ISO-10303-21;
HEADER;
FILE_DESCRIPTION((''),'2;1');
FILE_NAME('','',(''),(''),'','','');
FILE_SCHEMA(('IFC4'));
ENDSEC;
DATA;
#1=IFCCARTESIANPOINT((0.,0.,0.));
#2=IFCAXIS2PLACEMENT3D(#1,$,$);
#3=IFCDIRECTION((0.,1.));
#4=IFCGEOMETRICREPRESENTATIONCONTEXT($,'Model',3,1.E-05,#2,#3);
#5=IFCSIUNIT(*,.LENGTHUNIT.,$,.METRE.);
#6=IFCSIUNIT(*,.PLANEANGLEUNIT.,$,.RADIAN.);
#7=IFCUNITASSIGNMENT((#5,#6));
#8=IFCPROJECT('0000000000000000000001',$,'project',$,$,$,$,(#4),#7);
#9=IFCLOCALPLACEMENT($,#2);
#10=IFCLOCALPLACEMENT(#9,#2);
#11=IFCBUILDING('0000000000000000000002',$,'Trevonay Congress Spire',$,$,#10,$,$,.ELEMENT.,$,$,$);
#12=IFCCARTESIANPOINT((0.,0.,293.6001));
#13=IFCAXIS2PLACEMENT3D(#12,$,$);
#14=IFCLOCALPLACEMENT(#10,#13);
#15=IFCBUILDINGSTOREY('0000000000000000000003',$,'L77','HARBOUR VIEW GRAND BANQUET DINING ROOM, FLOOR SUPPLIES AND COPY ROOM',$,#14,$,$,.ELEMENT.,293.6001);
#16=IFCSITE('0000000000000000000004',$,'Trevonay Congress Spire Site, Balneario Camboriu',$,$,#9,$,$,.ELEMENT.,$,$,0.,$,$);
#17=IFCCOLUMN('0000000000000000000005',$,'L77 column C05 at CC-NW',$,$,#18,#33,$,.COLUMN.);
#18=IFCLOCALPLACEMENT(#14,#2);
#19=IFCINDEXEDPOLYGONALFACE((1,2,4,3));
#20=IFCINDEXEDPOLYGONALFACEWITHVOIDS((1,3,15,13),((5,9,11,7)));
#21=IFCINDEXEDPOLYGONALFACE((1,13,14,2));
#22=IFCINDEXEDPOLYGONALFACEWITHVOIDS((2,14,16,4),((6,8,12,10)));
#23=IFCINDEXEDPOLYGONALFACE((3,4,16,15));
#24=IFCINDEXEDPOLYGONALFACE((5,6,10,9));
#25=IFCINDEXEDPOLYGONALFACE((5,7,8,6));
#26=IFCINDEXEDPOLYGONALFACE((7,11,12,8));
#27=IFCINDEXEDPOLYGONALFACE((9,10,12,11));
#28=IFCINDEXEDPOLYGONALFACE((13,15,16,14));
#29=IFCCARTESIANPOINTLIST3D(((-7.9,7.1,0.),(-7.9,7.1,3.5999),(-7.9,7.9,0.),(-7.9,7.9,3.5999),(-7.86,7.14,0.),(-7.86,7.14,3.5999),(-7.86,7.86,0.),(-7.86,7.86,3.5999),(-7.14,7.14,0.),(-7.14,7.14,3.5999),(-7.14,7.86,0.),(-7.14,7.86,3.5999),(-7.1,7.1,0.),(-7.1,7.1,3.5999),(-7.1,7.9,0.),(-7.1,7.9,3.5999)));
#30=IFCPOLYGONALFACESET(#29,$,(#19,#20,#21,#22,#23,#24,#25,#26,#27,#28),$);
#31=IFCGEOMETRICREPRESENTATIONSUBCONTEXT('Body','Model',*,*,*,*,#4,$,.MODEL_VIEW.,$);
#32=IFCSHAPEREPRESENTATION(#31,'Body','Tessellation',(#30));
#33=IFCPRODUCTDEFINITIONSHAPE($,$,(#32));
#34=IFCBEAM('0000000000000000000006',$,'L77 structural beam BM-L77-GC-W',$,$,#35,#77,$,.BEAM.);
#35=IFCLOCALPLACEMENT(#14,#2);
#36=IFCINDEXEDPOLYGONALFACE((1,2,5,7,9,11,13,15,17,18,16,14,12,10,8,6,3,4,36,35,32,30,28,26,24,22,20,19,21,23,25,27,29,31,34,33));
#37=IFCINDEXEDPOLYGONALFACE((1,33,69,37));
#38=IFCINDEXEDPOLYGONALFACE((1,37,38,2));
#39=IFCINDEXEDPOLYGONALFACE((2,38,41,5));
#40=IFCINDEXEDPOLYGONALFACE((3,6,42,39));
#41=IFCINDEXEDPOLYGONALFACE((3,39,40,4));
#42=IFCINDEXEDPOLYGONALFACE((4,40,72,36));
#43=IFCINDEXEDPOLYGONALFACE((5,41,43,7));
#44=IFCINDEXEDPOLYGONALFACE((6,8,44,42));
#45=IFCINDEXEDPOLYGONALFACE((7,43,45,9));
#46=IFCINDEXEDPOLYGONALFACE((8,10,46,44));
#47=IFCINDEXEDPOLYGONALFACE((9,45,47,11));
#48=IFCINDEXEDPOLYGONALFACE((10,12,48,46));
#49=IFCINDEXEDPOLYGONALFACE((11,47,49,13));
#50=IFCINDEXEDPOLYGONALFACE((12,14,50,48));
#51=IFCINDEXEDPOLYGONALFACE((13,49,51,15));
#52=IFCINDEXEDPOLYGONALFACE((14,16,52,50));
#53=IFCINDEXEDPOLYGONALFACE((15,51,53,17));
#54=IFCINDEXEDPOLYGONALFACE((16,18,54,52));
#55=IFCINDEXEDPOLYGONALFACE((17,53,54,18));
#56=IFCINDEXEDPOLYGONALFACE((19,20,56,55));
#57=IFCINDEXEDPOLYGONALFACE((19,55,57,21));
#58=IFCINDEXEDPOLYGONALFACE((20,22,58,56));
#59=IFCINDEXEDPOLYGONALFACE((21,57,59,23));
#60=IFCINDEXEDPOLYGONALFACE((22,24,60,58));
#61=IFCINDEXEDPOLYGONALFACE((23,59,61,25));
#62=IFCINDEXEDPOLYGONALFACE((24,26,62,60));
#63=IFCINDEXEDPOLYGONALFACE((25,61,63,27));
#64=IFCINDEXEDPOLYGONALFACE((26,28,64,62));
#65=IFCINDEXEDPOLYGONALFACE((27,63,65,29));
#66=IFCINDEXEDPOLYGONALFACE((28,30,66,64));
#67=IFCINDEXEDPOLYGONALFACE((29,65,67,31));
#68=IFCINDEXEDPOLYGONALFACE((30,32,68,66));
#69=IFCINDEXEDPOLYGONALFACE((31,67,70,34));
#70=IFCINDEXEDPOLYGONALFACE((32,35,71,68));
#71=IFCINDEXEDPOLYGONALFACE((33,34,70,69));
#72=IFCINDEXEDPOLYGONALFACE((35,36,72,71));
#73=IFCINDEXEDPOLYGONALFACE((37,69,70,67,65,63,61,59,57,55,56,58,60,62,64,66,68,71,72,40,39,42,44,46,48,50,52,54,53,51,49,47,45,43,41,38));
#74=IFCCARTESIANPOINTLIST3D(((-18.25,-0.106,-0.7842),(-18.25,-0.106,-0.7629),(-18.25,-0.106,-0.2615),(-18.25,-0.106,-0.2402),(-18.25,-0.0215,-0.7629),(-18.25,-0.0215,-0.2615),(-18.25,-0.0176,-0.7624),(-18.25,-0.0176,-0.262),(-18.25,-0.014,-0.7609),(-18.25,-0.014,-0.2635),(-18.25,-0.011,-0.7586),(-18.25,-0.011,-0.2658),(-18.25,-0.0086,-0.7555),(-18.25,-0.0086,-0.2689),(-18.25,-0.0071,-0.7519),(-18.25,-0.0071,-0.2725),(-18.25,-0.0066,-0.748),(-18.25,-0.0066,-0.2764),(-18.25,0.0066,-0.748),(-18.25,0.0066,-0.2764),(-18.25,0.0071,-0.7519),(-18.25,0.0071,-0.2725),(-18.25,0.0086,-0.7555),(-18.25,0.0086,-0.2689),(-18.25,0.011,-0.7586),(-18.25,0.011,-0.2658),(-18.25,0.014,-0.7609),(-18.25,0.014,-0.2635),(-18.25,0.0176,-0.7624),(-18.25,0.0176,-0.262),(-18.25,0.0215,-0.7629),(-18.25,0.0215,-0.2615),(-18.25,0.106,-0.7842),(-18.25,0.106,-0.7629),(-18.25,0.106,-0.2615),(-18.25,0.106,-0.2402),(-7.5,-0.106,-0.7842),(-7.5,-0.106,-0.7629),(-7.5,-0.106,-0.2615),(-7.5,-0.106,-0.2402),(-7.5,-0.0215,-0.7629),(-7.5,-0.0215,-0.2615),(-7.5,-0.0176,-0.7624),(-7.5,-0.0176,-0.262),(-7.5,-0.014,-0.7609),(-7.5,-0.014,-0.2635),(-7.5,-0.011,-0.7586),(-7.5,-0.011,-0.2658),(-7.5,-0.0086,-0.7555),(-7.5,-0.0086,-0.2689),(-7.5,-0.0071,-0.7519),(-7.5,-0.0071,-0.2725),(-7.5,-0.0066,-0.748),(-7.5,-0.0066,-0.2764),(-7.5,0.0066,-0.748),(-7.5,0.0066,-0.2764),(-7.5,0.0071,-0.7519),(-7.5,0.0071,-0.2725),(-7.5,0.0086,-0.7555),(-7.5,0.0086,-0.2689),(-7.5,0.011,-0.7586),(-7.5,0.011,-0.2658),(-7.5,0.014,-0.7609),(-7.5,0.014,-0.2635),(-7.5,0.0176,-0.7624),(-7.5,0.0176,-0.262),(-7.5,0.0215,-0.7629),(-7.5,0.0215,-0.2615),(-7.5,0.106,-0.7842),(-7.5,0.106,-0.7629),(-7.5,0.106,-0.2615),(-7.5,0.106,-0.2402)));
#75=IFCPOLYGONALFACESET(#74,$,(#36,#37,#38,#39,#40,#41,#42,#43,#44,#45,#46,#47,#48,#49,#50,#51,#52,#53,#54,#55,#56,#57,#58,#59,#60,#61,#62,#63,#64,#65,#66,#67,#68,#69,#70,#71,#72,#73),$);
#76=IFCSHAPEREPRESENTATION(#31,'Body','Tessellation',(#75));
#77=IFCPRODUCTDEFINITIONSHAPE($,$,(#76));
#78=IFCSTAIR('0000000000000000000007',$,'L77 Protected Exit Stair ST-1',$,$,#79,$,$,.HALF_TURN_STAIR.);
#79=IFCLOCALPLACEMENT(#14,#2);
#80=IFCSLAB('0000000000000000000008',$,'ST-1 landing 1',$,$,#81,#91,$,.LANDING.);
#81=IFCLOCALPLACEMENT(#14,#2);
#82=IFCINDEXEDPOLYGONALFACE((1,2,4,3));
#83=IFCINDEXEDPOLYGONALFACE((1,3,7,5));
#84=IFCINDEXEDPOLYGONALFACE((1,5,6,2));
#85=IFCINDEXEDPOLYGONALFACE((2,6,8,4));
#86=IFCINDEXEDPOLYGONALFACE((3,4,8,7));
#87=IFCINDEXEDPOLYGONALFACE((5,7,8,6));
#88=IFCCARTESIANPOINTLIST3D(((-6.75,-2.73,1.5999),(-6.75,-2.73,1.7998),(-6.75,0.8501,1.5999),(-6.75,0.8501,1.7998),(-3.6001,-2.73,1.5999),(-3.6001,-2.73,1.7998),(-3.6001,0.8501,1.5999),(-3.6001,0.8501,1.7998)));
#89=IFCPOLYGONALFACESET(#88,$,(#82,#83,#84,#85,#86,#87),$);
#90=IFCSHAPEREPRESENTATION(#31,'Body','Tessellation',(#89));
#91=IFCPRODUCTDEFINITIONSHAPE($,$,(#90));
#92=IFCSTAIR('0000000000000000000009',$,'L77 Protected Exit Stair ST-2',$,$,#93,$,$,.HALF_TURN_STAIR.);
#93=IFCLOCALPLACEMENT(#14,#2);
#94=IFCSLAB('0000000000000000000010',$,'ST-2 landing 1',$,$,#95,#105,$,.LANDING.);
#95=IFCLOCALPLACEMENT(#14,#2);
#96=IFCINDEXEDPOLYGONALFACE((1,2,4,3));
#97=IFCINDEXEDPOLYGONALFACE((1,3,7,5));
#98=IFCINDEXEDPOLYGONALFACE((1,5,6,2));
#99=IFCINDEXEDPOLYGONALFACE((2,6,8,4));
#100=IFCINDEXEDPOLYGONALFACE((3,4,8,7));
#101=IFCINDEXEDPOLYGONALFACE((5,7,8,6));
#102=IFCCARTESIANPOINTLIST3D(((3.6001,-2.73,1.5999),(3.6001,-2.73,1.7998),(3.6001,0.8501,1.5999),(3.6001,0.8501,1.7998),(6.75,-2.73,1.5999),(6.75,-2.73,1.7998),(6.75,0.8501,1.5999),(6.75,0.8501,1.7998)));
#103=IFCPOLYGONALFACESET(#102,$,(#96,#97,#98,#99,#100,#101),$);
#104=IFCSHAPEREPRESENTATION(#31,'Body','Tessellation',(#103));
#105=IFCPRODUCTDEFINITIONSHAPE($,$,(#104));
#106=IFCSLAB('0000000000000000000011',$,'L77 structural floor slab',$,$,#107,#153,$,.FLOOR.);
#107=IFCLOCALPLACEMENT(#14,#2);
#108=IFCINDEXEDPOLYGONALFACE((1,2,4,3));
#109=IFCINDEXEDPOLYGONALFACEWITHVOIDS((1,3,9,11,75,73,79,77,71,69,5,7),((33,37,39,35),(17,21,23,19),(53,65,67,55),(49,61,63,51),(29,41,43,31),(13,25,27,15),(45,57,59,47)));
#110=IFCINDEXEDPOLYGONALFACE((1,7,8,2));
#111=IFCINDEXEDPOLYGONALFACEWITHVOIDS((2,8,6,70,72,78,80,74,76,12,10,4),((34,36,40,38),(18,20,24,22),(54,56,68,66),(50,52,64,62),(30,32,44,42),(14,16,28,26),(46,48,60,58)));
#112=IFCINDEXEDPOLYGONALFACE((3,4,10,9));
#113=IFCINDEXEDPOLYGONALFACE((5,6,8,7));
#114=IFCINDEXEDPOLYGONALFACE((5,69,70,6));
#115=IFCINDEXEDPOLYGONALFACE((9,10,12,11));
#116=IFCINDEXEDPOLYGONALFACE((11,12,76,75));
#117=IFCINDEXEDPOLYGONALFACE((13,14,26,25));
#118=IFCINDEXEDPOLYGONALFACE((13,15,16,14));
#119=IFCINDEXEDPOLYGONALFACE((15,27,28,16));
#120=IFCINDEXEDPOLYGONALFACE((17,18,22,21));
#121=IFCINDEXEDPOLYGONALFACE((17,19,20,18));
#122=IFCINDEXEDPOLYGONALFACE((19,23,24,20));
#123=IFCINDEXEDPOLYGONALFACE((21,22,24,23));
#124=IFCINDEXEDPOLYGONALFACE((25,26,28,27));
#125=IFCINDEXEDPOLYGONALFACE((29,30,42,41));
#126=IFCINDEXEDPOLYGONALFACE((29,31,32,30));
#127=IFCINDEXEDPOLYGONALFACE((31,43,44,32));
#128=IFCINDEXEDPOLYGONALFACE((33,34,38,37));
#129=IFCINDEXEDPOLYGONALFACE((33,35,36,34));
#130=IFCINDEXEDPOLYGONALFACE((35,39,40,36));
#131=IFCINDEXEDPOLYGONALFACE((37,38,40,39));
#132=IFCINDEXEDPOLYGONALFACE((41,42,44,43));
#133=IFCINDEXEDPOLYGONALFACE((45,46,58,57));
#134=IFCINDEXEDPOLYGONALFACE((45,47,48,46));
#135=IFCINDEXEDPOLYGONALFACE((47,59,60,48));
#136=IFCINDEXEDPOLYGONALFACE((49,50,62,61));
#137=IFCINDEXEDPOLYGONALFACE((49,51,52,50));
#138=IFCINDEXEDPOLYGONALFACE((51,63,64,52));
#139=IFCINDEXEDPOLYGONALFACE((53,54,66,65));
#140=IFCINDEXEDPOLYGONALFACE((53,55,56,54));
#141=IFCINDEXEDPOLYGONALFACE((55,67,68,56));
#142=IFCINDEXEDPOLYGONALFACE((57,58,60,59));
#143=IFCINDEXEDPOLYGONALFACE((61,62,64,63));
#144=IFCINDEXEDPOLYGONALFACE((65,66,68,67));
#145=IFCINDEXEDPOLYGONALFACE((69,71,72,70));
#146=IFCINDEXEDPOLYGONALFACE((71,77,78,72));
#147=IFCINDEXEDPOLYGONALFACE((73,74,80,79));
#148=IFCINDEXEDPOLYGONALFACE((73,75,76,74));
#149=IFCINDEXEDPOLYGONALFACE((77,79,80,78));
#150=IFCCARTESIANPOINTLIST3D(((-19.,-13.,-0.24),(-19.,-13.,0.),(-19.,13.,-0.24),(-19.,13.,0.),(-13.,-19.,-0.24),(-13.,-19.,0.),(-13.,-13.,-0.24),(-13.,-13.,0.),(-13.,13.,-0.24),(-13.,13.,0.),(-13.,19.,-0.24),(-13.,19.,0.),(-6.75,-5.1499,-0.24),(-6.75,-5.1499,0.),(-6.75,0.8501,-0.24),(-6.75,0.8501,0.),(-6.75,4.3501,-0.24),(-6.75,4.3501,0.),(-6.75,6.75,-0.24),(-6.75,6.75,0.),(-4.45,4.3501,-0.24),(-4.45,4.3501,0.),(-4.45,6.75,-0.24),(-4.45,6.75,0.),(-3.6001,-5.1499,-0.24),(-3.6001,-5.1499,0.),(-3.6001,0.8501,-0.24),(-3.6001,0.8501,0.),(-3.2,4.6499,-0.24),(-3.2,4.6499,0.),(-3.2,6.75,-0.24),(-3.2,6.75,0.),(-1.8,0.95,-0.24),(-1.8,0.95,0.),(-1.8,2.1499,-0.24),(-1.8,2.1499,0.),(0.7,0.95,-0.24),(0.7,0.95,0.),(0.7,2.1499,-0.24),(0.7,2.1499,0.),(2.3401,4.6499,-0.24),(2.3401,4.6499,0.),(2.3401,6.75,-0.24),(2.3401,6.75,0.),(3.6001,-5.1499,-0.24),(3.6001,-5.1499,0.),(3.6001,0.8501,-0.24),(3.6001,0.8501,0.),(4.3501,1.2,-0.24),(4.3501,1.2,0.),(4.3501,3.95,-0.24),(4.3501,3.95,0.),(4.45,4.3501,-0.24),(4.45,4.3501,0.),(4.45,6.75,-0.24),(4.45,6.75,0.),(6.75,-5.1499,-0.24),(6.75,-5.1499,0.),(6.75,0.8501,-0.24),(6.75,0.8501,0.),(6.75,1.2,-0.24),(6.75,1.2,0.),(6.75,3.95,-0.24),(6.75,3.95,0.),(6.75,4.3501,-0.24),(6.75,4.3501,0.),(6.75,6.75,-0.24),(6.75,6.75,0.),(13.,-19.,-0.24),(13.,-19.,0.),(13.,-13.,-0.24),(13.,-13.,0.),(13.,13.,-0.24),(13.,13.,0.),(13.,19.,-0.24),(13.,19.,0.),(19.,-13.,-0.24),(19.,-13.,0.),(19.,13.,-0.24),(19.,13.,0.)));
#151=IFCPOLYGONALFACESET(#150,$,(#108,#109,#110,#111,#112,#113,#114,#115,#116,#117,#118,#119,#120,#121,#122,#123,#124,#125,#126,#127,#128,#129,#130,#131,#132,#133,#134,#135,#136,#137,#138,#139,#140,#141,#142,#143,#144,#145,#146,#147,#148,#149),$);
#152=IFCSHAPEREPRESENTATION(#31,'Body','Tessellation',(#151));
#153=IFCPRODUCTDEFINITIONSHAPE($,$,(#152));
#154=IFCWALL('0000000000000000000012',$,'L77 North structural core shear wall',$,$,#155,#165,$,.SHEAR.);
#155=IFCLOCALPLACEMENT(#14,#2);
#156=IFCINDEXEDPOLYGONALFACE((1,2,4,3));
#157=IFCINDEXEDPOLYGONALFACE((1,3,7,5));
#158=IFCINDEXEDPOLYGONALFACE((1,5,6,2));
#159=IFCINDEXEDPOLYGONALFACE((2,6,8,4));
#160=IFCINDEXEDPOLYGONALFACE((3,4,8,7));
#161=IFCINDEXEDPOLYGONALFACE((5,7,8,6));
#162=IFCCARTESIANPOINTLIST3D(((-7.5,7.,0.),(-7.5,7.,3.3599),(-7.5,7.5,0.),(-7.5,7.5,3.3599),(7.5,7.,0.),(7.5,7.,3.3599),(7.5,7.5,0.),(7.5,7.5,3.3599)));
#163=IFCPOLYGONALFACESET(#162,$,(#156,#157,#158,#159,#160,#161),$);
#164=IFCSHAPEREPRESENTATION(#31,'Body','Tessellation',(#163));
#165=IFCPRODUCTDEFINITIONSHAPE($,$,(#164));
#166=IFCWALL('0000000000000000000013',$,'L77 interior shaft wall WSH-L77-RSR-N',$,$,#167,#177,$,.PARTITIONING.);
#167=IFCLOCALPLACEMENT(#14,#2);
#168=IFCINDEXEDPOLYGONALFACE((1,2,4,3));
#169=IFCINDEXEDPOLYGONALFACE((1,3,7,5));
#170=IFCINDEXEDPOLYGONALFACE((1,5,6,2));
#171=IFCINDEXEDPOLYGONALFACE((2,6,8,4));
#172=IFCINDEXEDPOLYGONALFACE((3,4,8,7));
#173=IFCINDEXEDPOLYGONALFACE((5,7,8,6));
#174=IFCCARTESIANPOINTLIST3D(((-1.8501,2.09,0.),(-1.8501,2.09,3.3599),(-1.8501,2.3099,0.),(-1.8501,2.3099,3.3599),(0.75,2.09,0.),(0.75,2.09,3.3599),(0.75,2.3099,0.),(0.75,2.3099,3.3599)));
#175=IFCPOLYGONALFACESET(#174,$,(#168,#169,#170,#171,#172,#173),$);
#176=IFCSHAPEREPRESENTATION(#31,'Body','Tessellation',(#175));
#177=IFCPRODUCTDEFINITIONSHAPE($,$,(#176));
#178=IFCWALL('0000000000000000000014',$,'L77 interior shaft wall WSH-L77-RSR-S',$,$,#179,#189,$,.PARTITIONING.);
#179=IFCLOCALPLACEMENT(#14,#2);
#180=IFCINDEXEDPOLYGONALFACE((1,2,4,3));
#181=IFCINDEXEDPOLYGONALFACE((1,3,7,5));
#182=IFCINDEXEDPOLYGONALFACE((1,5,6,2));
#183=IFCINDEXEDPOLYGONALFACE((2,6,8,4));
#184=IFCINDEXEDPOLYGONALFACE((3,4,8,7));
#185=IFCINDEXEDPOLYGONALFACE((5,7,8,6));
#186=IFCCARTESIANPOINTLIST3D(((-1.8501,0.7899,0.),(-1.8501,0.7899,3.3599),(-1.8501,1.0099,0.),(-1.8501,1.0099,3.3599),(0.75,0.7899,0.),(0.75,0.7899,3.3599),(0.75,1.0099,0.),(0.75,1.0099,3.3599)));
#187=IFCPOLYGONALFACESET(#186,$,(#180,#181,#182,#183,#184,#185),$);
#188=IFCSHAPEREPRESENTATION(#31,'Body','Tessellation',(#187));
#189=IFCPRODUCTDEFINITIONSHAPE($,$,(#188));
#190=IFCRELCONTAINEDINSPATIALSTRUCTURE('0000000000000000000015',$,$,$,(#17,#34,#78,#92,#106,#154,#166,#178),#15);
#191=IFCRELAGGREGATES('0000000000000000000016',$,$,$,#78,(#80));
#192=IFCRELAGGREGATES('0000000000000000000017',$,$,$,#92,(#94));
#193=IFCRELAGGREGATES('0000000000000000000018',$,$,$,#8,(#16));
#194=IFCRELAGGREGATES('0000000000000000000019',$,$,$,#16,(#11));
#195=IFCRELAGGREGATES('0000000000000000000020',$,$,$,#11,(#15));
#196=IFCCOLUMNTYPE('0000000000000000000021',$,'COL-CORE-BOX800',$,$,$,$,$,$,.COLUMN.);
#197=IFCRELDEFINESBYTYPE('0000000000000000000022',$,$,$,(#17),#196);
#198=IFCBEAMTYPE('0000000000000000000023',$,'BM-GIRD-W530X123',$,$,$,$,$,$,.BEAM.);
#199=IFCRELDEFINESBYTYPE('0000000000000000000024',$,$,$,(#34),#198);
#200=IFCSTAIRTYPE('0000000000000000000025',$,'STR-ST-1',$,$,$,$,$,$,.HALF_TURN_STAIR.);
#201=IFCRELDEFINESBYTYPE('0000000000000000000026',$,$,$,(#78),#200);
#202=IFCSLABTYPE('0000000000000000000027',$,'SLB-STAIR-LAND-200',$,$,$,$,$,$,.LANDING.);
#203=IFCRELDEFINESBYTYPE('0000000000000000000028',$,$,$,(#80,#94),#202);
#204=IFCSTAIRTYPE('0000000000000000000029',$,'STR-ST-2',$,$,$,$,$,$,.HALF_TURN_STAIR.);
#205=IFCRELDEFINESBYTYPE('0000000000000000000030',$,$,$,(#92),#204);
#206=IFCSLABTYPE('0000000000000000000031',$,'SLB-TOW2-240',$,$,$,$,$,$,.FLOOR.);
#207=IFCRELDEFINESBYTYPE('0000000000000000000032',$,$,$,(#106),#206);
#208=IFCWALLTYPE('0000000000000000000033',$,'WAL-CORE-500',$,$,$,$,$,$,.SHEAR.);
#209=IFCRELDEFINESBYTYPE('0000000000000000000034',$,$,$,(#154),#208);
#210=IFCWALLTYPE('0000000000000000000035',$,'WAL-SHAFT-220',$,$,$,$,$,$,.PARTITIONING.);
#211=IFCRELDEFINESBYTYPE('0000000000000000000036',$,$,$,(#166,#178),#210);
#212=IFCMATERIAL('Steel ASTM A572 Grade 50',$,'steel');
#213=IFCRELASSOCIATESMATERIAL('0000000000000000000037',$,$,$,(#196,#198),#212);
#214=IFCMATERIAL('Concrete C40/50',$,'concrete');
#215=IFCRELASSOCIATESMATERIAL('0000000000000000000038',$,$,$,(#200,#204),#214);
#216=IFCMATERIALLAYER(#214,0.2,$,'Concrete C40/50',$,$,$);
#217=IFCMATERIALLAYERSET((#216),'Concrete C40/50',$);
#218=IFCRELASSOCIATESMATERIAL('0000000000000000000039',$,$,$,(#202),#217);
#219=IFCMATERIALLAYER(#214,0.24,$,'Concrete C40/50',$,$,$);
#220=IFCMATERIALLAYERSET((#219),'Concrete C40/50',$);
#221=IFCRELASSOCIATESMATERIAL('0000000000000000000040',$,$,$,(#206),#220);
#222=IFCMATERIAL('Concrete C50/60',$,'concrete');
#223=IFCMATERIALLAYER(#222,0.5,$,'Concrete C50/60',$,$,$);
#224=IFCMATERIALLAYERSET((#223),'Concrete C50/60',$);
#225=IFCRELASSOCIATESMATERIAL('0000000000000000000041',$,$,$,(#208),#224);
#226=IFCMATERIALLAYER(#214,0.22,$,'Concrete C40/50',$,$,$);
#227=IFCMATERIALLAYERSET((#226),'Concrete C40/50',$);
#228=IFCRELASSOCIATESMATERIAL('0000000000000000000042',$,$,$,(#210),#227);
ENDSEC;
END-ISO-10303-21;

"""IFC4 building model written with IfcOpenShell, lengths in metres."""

from ifc_helpers import new_model, si_unit, direction, frame, frame_2d, origin, origin_2d, place, context, subcontext, project, spatial, polyline, rectangle, hollow_rectangle, i_section, outline, extrude, material, layer, layer_set, material_profile, profile_set, type_object, element, aggregate, save


model = new_model("IFC4")

# Units and contexts
model_context = context("Model", 3, precision=1e-05, world=origin(), true_north=direction((0.0, 1.0)))
body_context = subcontext(model_context, "Body", "Model", "MODEL_VIEW")
ifc_project = project(units=[si_unit("LENGTHUNIT", "METRE"), si_unit("PLANEANGLEUNIT", "RADIAN")], contexts=[model_context])

# Site, building, storey
site_placement = place(None, origin())
site = spatial("IfcSite", under=ifc_project, at=site_placement, Name="Trevonay Congress Spire Site, Balneario Camboriu", CompositionType="ELEMENT", RefElevation=0.0)
building_placement = place(site_placement, origin())
building = spatial("IfcBuilding", under=site, at=building_placement, Name="Trevonay Congress Spire", CompositionType="ELEMENT")
storey_placement = place(building_placement, frame((0.0, 0.0, 293.6001)))
storey = spatial("IfcBuildingStorey", under=building, at=storey_placement, Name="L77", Description="HARBOUR VIEW GRAND BANQUET DINING ROOM, FLOOR SUPPLIES AND COPY ROOM", CompositionType="ELEMENT", Elevation=293.6001)

# Column
ifc_material_1 = material(Name="Steel ASTM A572 Grade 50", Category="steel")
ifc_material_profile_1 = material_profile(ifc_material_1, hollow_rectangle(XDim=0.8, YDim=0.8, WallThickness=0.04, at=origin_2d()), Name="BOX 800x800x40")
ifc_profile_set_1 = profile_set([ifc_material_profile_1], Name="Steel ASTM A572 Grade 50")
column_type = type_object("IfcColumnType", Name="COL-CORE-BOX800", PredefinedType="COLUMN", material=ifc_profile_set_1)
column_placement = place(storey_placement, frame((-7.5, 7.5, 0.0), z_axis=(0.0, 0.0, 1.0), x_axis=(1.0, 0.0, 0.0)))
element("IfcColumn", 1, at=column_placement, inside=storey, type_object=column_type, Name="L77 column C05 at CC-NW", PredefinedType="COLUMN", context=body_context, shape_type="SweptSolid", body=[
    extrude(hollow_rectangle(XDim=0.8, YDim=0.8, WallThickness=0.04, at=origin_2d()), origin(), (0.0, 0.0, 1.0), 3.5999),
])

# Beam
ifc_material_profile_2 = material_profile(ifc_material_1, i_section(OverallWidth=0.2119, OverallDepth=0.5439, WebThickness=0.0132, FlangeThickness=0.0212, FilletRadius=0.0149, at=origin_2d()), Name="W530x123")
ifc_profile_set_2 = profile_set([ifc_material_profile_2], Name="Steel ASTM A572 Grade 50")
beam_type = type_object("IfcBeamType", Name="BM-GIRD-W530X123", PredefinedType="BEAM", material=ifc_profile_set_2)
beam_placement = place(storey_placement, frame((-7.5, 0.0, -0.5122), z_axis=(-1.0, 0.0, 0.0), x_axis=(0.0, -1.0, 0.0)))
element("IfcBeam", 2, at=beam_placement, inside=storey, type_object=beam_type, Name="L77 structural beam BM-L77-GC-W", PredefinedType="BEAM", context=body_context, shape_type="SweptSolid", body=[
    extrude(i_section(OverallWidth=0.2119, OverallDepth=0.5439, WebThickness=0.0132, FlangeThickness=0.0212, FilletRadius=0.0149, at=origin_2d()), origin(), (0.0, 0.0, 1.0), 10.75),
])

# Stairs, slabs
ifc_material_2 = material(Name="Concrete C40/50", Category="concrete")
stair_type_1 = type_object("IfcStairType", Name="STR-ST-1", PredefinedType="HALF_TURN_STAIR", material=ifc_material_2)
stair_1_placement = place(storey_placement, origin())
stair_1 = element("IfcStair", 3, at=stair_1_placement, inside=storey, type_object=stair_type_1, Name="L77 Protected Exit Stair ST-1", PredefinedType="HALF_TURN_STAIR")
ifc_layer_1 = layer(ifc_material_2, 0.2, Name="Concrete C40/50")
ifc_layer_set_1 = layer_set([ifc_layer_1], Name="Concrete C40/50")
slab_type_1 = type_object("IfcSlabType", Name="SLB-STAIR-LAND-200", PredefinedType="LANDING", material=ifc_layer_set_1)
slab_1_placement = place(storey_placement, frame((0.0, 0.0, 1.5999)))
slab_1 = element("IfcSlab", 4, at=slab_1_placement, type_object=slab_type_1, Name="ST-1 landing 1", PredefinedType="LANDING", context=body_context, shape_type="SweptSolid", body=[
    extrude(outline(polyline([(-3.6001, -2.73), (-3.6001, 0.8501), (-6.75, 0.8501), (-6.75, -2.73), (-3.6001, -2.73)])), origin(), (0.0, 0.0, 1.0), 0.2),
])
aggregate(stair_1, [slab_1])
stair_type_2 = type_object("IfcStairType", Name="STR-ST-2", PredefinedType="HALF_TURN_STAIR", material=ifc_material_2)
stair_2_placement = place(storey_placement, origin())
stair_2 = element("IfcStair", 5, at=stair_2_placement, inside=storey, type_object=stair_type_2, Name="L77 Protected Exit Stair ST-2", PredefinedType="HALF_TURN_STAIR")
slab_2_placement = place(storey_placement, frame((0.0, 0.0, 1.5999)))
slab_2 = element("IfcSlab", 6, at=slab_2_placement, type_object=slab_type_1, Name="ST-2 landing 1", PredefinedType="LANDING", context=body_context, shape_type="SweptSolid", body=[
    extrude(outline(polyline([(6.75, -2.73), (6.75, 0.8501), (3.6001, 0.8501), (3.6001, -2.73), (6.75, -2.73)])), origin(), (0.0, 0.0, 1.0), 0.2),
])
aggregate(stair_2, [slab_2])

# Slab
ifc_layer_2 = layer(ifc_material_2, 0.24, Name="Concrete C40/50")
ifc_layer_set_2 = layer_set([ifc_layer_2], Name="Concrete C40/50")
slab_type_2 = type_object("IfcSlabType", Name="SLB-TOW2-240", PredefinedType="FLOOR", material=ifc_layer_set_2)
slab_3_placement = place(storey_placement, frame((0.0, 0.0, -0.24)))
element("IfcSlab", 7, at=slab_3_placement, inside=storey, type_object=slab_type_2, Name="L77 structural floor slab", PredefinedType="FLOOR", context=body_context, shape_type="SweptSolid", body=[
    extrude(outline(polyline([(-13.0, -19.0), (13.0, -19.0), (13.0, -13.0), (19.0, -13.0), (19.0, 13.0), (13.0, 13.0), (13.0, 19.0), (-13.0, 19.0), (-13.0, 13.0), (-19.0, 13.0), (-19.0, -13.0), (-13.0, -13.0), (-13.0, -19.0)]), holes=[polyline([(-3.6001, -5.1499), (-3.6001, 0.8501), (-6.75, 0.8501), (-6.75, -5.1499), (-3.6001, -5.1499)]), polyline([(6.75, -5.1499), (6.75, 0.8501), (3.6001, 0.8501), (3.6001, -5.1499), (6.75, -5.1499)]), polyline([(-3.2, 4.6499), (2.3401, 4.6499), (2.3401, 6.75), (-3.2, 6.75), (-3.2, 4.6499)]), polyline([(-6.75, 4.3501), (-4.45, 4.3501), (-4.45, 6.75), (-6.75, 6.75), (-6.75, 4.3501)]), polyline([(4.45, 4.3501), (6.75, 4.3501), (6.75, 6.75), (4.45, 6.75), (4.45, 4.3501)]), polyline([(4.3501, 1.2), (6.75, 1.2), (6.75, 3.95), (4.3501, 3.95), (4.3501, 1.2)]), polyline([(-1.8, 0.95), (0.7, 0.95), (0.7, 2.1499), (-1.8, 2.1499), (-1.8, 0.95)])]), origin(), (0.0, 0.0, 1.0), 0.24),
])

# Walls
ifc_material_3 = material(Name="Concrete C50/60", Category="concrete")
ifc_layer_3 = layer(ifc_material_3, 0.5, Name="Concrete C50/60")
ifc_layer_set_3 = layer_set([ifc_layer_3], Name="Concrete C50/60")
wall_type_1 = type_object("IfcWallType", Name="WAL-CORE-500", PredefinedType="SHEAR", material=ifc_layer_set_3)
wall_1_placement = place(storey_placement, frame((-7.5, 7.25, 0.0), z_axis=(0.0, 0.0, 1.0), x_axis=(1.0, 0.0, 0.0)))
element("IfcWall", 8, at=wall_1_placement, inside=storey, type_object=wall_type_1, Name="L77 North structural core shear wall", PredefinedType="SHEAR", context=body_context, shape_type="SweptSolid", body=[
    extrude(rectangle(XDim=15.0, YDim=0.5, at=frame_2d((7.5, 0.0))), origin(), (0.0, 0.0, 1.0), 3.3599),
])
ifc_layer_4 = layer(ifc_material_2, 0.22, Name="Concrete C40/50")
ifc_layer_set_4 = layer_set([ifc_layer_4], Name="Concrete C40/50")
wall_type_2 = type_object("IfcWallType", Name="WAL-SHAFT-220", PredefinedType="PARTITIONING", material=ifc_layer_set_4)
for number, where, z_axis, x_axis, name in (
    (9, (-1.8501, 2.2, 0.0), (0.0, 0.0, 1.0), (1.0, 0.0, 0.0), "L77 interior shaft wall WSH-L77-RSR-N"),
    (10, (-1.8501, 0.8999, 0.0), (0.0, 0.0, 1.0), (1.0, 0.0, 0.0), "L77 interior shaft wall WSH-L77-RSR-S"),
):
    element("IfcWall", number, at=place(storey_placement, frame(where, z_axis=z_axis, x_axis=x_axis)), inside=storey, type_object=wall_type_2, Name=name, PredefinedType="PARTITIONING", context=body_context, shape_type="SweptSolid", body=[
        extrude(rectangle(XDim=2.6001, YDim=0.22, at=frame_2d((1.3, 0.0))), origin(), (0.0, 0.0, 1.0), 3.3599),
    ])

save(model, "model.ifc")
